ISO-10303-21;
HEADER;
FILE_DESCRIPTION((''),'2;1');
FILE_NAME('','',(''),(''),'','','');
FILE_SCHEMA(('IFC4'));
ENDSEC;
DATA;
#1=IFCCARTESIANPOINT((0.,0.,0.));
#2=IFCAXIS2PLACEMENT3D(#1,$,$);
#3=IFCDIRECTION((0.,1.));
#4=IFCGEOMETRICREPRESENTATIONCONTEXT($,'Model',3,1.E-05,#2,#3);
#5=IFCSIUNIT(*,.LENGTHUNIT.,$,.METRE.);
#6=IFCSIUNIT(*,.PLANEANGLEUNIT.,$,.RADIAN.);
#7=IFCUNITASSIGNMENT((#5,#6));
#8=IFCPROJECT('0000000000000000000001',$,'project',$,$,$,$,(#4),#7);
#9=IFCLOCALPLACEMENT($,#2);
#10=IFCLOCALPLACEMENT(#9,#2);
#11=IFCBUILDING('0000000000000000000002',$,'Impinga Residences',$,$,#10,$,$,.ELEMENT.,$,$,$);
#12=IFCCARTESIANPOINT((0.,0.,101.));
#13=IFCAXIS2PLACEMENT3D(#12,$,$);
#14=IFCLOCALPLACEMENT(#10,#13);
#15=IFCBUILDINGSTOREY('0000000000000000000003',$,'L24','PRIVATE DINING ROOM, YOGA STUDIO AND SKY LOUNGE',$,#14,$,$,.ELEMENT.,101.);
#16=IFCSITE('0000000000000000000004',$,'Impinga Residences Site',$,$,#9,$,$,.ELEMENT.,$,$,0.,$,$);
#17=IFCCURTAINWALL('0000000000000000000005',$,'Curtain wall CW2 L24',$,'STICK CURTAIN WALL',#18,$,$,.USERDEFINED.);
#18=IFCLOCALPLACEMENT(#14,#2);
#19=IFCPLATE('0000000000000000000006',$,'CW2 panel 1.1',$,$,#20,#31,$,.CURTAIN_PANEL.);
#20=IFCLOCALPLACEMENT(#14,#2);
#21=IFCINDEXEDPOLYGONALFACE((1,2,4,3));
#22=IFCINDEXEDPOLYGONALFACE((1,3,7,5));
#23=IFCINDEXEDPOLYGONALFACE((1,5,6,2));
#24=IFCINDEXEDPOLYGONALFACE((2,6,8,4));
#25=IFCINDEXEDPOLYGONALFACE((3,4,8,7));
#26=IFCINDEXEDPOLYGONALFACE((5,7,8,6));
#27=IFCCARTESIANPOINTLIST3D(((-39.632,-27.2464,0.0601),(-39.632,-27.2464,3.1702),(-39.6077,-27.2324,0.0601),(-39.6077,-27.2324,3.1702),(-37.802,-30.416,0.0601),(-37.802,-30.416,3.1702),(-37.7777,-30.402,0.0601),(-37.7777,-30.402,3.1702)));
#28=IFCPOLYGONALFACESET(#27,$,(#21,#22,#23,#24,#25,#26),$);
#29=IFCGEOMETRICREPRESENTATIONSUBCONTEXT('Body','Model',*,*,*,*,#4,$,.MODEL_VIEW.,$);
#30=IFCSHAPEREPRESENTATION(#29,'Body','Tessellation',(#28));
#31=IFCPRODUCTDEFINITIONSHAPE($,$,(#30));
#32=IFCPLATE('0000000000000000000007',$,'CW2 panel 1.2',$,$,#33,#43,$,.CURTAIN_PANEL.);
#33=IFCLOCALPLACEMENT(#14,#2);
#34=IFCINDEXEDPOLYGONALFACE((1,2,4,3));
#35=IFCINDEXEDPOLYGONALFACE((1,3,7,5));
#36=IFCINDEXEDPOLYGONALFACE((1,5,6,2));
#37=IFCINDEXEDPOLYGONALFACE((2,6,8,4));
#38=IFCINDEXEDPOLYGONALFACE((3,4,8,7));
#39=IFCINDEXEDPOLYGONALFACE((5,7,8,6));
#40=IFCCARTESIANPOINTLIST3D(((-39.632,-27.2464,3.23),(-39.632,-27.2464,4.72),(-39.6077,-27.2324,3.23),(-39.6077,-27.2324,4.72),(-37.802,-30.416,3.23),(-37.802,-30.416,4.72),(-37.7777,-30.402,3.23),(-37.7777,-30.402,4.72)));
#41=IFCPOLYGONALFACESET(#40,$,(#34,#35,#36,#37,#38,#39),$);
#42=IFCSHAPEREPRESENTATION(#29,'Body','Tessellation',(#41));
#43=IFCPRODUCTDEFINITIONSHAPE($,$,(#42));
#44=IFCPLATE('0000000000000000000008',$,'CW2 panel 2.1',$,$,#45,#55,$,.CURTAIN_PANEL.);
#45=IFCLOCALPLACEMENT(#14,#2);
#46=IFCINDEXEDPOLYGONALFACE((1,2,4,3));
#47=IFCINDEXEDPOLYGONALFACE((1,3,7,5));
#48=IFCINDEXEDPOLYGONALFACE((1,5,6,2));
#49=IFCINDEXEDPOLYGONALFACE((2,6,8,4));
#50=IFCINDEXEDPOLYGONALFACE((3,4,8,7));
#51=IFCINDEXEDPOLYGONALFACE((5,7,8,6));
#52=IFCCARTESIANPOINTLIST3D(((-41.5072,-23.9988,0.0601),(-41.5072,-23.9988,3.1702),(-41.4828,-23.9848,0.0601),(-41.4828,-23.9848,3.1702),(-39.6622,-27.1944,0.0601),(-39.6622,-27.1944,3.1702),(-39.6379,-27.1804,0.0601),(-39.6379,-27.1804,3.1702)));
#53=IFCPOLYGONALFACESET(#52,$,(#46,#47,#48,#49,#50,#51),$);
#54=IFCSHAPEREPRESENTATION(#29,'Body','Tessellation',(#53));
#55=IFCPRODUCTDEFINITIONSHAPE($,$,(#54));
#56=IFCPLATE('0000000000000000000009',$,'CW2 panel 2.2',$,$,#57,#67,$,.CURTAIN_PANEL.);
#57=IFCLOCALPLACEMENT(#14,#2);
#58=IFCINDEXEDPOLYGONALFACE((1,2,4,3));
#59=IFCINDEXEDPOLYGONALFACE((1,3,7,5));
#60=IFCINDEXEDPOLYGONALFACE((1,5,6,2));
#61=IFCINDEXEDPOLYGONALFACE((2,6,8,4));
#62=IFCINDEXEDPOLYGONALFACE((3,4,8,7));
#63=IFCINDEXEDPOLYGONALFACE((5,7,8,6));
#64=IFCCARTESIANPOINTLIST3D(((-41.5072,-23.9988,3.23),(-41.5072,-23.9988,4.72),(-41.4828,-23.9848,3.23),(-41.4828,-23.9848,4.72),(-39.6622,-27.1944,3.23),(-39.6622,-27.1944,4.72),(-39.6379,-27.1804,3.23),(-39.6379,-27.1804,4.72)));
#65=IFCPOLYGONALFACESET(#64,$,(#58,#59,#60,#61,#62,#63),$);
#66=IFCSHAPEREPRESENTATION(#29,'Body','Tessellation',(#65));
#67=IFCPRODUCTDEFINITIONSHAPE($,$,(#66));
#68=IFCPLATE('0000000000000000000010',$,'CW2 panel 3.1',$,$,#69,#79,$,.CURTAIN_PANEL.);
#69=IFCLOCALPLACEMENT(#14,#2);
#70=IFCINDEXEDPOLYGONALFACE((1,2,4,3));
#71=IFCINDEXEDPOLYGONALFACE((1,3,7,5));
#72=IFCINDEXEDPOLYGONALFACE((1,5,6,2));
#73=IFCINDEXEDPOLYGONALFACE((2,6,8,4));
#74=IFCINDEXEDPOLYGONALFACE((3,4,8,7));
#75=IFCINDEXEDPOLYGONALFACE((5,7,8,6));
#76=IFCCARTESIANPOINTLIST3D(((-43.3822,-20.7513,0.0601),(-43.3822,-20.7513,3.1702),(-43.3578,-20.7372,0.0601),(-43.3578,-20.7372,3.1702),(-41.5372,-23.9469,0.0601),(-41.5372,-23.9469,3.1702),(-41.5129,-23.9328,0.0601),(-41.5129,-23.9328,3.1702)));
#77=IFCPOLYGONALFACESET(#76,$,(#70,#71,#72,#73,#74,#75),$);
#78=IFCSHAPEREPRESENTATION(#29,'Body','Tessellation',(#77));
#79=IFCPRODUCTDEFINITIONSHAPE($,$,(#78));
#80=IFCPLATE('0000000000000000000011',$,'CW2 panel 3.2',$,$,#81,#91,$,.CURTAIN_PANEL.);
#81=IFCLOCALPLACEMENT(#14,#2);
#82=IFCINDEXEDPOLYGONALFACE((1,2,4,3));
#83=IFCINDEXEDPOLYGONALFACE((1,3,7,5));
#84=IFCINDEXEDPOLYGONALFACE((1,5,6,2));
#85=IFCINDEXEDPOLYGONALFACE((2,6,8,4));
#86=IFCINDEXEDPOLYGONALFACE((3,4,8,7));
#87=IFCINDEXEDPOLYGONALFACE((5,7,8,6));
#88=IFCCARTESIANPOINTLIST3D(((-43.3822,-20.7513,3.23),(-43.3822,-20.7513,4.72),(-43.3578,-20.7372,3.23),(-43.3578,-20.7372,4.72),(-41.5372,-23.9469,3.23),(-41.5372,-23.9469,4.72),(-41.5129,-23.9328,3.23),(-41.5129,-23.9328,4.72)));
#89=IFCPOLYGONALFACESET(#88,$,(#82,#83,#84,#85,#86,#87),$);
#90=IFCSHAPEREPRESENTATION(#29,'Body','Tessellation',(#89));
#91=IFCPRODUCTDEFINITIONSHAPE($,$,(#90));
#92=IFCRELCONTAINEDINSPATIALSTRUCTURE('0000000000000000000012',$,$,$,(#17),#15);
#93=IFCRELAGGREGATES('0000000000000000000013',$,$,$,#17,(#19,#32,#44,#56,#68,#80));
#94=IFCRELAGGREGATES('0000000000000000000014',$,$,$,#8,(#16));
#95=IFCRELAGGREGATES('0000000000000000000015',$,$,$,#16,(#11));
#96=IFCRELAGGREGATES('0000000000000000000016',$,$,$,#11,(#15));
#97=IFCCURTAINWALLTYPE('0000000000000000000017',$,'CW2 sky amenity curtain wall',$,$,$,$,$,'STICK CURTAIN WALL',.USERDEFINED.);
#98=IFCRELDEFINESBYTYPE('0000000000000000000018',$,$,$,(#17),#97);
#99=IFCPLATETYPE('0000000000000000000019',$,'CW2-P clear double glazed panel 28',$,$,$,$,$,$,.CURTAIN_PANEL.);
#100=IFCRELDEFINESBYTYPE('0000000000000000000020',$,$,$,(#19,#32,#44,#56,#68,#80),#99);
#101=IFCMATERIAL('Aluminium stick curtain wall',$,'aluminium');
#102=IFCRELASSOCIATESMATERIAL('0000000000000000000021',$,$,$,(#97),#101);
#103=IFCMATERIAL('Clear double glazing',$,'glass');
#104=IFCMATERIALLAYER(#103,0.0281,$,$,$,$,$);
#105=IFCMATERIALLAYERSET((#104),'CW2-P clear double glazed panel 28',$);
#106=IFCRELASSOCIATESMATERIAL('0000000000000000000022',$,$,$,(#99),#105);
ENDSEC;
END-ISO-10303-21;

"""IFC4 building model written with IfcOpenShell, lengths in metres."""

from ifc_helpers import new_model, si_unit, direction, frame, origin, origin_2d, place, context, subcontext, project, spatial, rectangle, extrude, material, layer, layer_set, type_object, element, aggregate, save


model = new_model("IFC4")

# Units and contexts
model_context = context("Model", 3, precision=1e-05, world=origin(), true_north=direction((0.0, 1.0)))
body_context = subcontext(model_context, "Body", "Model", "MODEL_VIEW")
ifc_project = project(units=[si_unit("LENGTHUNIT", "METRE"), si_unit("PLANEANGLEUNIT", "RADIAN")], contexts=[model_context])

# Site, building, storey
site_placement = place(None, origin())
site = spatial("IfcSite", under=ifc_project, at=site_placement, Name="Impinga Residences Site", CompositionType="ELEMENT", RefElevation=0.0)
building_placement = place(site_placement, origin())
building = spatial("IfcBuilding", under=site, at=building_placement, Name="Impinga Residences", CompositionType="ELEMENT")
storey_placement = place(building_placement, frame((0.0, 0.0, 101.0)))
storey = spatial("IfcBuildingStorey", under=building, at=storey_placement, Name="L24", Description="PRIVATE DINING ROOM, YOGA STUDIO AND SKY LOUNGE", CompositionType="ELEMENT", Elevation=101.0)

# Curtain wall
ifc_material_1 = material(Name="Aluminium stick curtain wall", Category="aluminium")
curtain_wall_type = type_object("IfcCurtainWallType", Name="CW2 sky amenity curtain wall", ElementType="STICK CURTAIN WALL", PredefinedType="USERDEFINED", material=ifc_material_1)
curtain_wall_placement = place(storey_placement, origin())
curtain_wall = element("IfcCurtainWall", 1, at=curtain_wall_placement, inside=storey, type_object=curtain_wall_type, Name="Curtain wall CW2 L24", ObjectType="STICK CURTAIN WALL", PredefinedType="USERDEFINED")

# Plates
ifc_material_2 = material(Name="Clear double glazing", Category="glass")
ifc_layer = layer(ifc_material_2, 0.0281)
ifc_layer_set = layer_set([ifc_layer], Name="CW2-P clear double glazed panel 28")
plate_type = type_object("IfcPlateType", Name="CW2-P clear double glazed panel 28", PredefinedType="CURTAIN_PANEL", material=ifc_layer_set)
plate_1_placement = place(storey_placement, frame((-38.7048, -28.8242, 0.0601), z_axis=(0.0, 0.0, 1.0), x_axis=(-0.5, 0.866025, 0.0)))
plate_1 = element("IfcPlate", 2, at=plate_1_placement, type_object=plate_type, Name="CW2 panel 1.1", PredefinedType="CURTAIN_PANEL", context=body_context, shape_type="SweptSolid", body=[
    extrude(rectangle(XDim=3.6599, YDim=0.0281, at=origin_2d()), origin(), (0.0, 0.0, 1.0), 3.1101),
])
plate_2_placement = place(storey_placement, frame((-38.7048, -28.8242, 3.23), z_axis=(0.0, 0.0, 1.0), x_axis=(-0.5, 0.866025, 0.0)))
plate_2 = element("IfcPlate", 3, at=plate_2_placement, type_object=plate_type, Name="CW2 panel 1.2", PredefinedType="CURTAIN_PANEL", context=body_context, shape_type="SweptSolid", body=[
    extrude(rectangle(XDim=3.6599, YDim=0.0281, at=origin_2d()), origin(), (0.0, 0.0, 1.0), 1.49),
])
plate_3_placement = place(storey_placement, frame((-40.5725, -25.5896, 0.0601), z_axis=(0.0, 0.0, 1.0), x_axis=(-0.5, 0.866025, 0.0)))
plate_3 = element("IfcPlate", 4, at=plate_3_placement, type_object=plate_type, Name="CW2 panel 2.1", PredefinedType="CURTAIN_PANEL", context=body_context, shape_type="SweptSolid", body=[
    extrude(rectangle(XDim=3.6899, YDim=0.0281, at=origin_2d()), origin(), (0.0, 0.0, 1.0), 3.1101),
])
plate_4_placement = place(storey_placement, frame((-40.5725, -25.5896, 3.23), z_axis=(0.0, 0.0, 1.0), x_axis=(-0.5, 0.866025, 0.0)))
plate_4 = element("IfcPlate", 5, at=plate_4_placement, type_object=plate_type, Name="CW2 panel 2.2", PredefinedType="CURTAIN_PANEL", context=body_context, shape_type="SweptSolid", body=[
    extrude(rectangle(XDim=3.6899, YDim=0.0281, at=origin_2d()), origin(), (0.0, 0.0, 1.0), 1.49),
])
plate_5_placement = place(storey_placement, frame((-42.4475, -22.342, 0.0601), z_axis=(0.0, 0.0, 1.0), x_axis=(-0.5, 0.866025, 0.0)))
plate_5 = element("IfcPlate", 6, at=plate_5_placement, type_object=plate_type, Name="CW2 panel 3.1", PredefinedType="CURTAIN_PANEL", context=body_context, shape_type="SweptSolid", body=[
    extrude(rectangle(XDim=3.6899, YDim=0.0281, at=origin_2d()), origin(), (0.0, 0.0, 1.0), 3.1101),
])
plate_6_placement = place(storey_placement, frame((-42.4475, -22.342, 3.23), z_axis=(0.0, 0.0, 1.0), x_axis=(-0.5, 0.866025, 0.0)))
plate_6 = element("IfcPlate", 7, at=plate_6_placement, type_object=plate_type, Name="CW2 panel 3.2", PredefinedType="CURTAIN_PANEL", context=body_context, shape_type="SweptSolid", body=[
    extrude(rectangle(XDim=3.6899, YDim=0.0281, at=origin_2d()), origin(), (0.0, 0.0, 1.0), 1.49),
])
aggregate(curtain_wall, [plate_1, plate_2, plate_3, plate_4, plate_5, plate_6])

save(model, "model.ifc")
